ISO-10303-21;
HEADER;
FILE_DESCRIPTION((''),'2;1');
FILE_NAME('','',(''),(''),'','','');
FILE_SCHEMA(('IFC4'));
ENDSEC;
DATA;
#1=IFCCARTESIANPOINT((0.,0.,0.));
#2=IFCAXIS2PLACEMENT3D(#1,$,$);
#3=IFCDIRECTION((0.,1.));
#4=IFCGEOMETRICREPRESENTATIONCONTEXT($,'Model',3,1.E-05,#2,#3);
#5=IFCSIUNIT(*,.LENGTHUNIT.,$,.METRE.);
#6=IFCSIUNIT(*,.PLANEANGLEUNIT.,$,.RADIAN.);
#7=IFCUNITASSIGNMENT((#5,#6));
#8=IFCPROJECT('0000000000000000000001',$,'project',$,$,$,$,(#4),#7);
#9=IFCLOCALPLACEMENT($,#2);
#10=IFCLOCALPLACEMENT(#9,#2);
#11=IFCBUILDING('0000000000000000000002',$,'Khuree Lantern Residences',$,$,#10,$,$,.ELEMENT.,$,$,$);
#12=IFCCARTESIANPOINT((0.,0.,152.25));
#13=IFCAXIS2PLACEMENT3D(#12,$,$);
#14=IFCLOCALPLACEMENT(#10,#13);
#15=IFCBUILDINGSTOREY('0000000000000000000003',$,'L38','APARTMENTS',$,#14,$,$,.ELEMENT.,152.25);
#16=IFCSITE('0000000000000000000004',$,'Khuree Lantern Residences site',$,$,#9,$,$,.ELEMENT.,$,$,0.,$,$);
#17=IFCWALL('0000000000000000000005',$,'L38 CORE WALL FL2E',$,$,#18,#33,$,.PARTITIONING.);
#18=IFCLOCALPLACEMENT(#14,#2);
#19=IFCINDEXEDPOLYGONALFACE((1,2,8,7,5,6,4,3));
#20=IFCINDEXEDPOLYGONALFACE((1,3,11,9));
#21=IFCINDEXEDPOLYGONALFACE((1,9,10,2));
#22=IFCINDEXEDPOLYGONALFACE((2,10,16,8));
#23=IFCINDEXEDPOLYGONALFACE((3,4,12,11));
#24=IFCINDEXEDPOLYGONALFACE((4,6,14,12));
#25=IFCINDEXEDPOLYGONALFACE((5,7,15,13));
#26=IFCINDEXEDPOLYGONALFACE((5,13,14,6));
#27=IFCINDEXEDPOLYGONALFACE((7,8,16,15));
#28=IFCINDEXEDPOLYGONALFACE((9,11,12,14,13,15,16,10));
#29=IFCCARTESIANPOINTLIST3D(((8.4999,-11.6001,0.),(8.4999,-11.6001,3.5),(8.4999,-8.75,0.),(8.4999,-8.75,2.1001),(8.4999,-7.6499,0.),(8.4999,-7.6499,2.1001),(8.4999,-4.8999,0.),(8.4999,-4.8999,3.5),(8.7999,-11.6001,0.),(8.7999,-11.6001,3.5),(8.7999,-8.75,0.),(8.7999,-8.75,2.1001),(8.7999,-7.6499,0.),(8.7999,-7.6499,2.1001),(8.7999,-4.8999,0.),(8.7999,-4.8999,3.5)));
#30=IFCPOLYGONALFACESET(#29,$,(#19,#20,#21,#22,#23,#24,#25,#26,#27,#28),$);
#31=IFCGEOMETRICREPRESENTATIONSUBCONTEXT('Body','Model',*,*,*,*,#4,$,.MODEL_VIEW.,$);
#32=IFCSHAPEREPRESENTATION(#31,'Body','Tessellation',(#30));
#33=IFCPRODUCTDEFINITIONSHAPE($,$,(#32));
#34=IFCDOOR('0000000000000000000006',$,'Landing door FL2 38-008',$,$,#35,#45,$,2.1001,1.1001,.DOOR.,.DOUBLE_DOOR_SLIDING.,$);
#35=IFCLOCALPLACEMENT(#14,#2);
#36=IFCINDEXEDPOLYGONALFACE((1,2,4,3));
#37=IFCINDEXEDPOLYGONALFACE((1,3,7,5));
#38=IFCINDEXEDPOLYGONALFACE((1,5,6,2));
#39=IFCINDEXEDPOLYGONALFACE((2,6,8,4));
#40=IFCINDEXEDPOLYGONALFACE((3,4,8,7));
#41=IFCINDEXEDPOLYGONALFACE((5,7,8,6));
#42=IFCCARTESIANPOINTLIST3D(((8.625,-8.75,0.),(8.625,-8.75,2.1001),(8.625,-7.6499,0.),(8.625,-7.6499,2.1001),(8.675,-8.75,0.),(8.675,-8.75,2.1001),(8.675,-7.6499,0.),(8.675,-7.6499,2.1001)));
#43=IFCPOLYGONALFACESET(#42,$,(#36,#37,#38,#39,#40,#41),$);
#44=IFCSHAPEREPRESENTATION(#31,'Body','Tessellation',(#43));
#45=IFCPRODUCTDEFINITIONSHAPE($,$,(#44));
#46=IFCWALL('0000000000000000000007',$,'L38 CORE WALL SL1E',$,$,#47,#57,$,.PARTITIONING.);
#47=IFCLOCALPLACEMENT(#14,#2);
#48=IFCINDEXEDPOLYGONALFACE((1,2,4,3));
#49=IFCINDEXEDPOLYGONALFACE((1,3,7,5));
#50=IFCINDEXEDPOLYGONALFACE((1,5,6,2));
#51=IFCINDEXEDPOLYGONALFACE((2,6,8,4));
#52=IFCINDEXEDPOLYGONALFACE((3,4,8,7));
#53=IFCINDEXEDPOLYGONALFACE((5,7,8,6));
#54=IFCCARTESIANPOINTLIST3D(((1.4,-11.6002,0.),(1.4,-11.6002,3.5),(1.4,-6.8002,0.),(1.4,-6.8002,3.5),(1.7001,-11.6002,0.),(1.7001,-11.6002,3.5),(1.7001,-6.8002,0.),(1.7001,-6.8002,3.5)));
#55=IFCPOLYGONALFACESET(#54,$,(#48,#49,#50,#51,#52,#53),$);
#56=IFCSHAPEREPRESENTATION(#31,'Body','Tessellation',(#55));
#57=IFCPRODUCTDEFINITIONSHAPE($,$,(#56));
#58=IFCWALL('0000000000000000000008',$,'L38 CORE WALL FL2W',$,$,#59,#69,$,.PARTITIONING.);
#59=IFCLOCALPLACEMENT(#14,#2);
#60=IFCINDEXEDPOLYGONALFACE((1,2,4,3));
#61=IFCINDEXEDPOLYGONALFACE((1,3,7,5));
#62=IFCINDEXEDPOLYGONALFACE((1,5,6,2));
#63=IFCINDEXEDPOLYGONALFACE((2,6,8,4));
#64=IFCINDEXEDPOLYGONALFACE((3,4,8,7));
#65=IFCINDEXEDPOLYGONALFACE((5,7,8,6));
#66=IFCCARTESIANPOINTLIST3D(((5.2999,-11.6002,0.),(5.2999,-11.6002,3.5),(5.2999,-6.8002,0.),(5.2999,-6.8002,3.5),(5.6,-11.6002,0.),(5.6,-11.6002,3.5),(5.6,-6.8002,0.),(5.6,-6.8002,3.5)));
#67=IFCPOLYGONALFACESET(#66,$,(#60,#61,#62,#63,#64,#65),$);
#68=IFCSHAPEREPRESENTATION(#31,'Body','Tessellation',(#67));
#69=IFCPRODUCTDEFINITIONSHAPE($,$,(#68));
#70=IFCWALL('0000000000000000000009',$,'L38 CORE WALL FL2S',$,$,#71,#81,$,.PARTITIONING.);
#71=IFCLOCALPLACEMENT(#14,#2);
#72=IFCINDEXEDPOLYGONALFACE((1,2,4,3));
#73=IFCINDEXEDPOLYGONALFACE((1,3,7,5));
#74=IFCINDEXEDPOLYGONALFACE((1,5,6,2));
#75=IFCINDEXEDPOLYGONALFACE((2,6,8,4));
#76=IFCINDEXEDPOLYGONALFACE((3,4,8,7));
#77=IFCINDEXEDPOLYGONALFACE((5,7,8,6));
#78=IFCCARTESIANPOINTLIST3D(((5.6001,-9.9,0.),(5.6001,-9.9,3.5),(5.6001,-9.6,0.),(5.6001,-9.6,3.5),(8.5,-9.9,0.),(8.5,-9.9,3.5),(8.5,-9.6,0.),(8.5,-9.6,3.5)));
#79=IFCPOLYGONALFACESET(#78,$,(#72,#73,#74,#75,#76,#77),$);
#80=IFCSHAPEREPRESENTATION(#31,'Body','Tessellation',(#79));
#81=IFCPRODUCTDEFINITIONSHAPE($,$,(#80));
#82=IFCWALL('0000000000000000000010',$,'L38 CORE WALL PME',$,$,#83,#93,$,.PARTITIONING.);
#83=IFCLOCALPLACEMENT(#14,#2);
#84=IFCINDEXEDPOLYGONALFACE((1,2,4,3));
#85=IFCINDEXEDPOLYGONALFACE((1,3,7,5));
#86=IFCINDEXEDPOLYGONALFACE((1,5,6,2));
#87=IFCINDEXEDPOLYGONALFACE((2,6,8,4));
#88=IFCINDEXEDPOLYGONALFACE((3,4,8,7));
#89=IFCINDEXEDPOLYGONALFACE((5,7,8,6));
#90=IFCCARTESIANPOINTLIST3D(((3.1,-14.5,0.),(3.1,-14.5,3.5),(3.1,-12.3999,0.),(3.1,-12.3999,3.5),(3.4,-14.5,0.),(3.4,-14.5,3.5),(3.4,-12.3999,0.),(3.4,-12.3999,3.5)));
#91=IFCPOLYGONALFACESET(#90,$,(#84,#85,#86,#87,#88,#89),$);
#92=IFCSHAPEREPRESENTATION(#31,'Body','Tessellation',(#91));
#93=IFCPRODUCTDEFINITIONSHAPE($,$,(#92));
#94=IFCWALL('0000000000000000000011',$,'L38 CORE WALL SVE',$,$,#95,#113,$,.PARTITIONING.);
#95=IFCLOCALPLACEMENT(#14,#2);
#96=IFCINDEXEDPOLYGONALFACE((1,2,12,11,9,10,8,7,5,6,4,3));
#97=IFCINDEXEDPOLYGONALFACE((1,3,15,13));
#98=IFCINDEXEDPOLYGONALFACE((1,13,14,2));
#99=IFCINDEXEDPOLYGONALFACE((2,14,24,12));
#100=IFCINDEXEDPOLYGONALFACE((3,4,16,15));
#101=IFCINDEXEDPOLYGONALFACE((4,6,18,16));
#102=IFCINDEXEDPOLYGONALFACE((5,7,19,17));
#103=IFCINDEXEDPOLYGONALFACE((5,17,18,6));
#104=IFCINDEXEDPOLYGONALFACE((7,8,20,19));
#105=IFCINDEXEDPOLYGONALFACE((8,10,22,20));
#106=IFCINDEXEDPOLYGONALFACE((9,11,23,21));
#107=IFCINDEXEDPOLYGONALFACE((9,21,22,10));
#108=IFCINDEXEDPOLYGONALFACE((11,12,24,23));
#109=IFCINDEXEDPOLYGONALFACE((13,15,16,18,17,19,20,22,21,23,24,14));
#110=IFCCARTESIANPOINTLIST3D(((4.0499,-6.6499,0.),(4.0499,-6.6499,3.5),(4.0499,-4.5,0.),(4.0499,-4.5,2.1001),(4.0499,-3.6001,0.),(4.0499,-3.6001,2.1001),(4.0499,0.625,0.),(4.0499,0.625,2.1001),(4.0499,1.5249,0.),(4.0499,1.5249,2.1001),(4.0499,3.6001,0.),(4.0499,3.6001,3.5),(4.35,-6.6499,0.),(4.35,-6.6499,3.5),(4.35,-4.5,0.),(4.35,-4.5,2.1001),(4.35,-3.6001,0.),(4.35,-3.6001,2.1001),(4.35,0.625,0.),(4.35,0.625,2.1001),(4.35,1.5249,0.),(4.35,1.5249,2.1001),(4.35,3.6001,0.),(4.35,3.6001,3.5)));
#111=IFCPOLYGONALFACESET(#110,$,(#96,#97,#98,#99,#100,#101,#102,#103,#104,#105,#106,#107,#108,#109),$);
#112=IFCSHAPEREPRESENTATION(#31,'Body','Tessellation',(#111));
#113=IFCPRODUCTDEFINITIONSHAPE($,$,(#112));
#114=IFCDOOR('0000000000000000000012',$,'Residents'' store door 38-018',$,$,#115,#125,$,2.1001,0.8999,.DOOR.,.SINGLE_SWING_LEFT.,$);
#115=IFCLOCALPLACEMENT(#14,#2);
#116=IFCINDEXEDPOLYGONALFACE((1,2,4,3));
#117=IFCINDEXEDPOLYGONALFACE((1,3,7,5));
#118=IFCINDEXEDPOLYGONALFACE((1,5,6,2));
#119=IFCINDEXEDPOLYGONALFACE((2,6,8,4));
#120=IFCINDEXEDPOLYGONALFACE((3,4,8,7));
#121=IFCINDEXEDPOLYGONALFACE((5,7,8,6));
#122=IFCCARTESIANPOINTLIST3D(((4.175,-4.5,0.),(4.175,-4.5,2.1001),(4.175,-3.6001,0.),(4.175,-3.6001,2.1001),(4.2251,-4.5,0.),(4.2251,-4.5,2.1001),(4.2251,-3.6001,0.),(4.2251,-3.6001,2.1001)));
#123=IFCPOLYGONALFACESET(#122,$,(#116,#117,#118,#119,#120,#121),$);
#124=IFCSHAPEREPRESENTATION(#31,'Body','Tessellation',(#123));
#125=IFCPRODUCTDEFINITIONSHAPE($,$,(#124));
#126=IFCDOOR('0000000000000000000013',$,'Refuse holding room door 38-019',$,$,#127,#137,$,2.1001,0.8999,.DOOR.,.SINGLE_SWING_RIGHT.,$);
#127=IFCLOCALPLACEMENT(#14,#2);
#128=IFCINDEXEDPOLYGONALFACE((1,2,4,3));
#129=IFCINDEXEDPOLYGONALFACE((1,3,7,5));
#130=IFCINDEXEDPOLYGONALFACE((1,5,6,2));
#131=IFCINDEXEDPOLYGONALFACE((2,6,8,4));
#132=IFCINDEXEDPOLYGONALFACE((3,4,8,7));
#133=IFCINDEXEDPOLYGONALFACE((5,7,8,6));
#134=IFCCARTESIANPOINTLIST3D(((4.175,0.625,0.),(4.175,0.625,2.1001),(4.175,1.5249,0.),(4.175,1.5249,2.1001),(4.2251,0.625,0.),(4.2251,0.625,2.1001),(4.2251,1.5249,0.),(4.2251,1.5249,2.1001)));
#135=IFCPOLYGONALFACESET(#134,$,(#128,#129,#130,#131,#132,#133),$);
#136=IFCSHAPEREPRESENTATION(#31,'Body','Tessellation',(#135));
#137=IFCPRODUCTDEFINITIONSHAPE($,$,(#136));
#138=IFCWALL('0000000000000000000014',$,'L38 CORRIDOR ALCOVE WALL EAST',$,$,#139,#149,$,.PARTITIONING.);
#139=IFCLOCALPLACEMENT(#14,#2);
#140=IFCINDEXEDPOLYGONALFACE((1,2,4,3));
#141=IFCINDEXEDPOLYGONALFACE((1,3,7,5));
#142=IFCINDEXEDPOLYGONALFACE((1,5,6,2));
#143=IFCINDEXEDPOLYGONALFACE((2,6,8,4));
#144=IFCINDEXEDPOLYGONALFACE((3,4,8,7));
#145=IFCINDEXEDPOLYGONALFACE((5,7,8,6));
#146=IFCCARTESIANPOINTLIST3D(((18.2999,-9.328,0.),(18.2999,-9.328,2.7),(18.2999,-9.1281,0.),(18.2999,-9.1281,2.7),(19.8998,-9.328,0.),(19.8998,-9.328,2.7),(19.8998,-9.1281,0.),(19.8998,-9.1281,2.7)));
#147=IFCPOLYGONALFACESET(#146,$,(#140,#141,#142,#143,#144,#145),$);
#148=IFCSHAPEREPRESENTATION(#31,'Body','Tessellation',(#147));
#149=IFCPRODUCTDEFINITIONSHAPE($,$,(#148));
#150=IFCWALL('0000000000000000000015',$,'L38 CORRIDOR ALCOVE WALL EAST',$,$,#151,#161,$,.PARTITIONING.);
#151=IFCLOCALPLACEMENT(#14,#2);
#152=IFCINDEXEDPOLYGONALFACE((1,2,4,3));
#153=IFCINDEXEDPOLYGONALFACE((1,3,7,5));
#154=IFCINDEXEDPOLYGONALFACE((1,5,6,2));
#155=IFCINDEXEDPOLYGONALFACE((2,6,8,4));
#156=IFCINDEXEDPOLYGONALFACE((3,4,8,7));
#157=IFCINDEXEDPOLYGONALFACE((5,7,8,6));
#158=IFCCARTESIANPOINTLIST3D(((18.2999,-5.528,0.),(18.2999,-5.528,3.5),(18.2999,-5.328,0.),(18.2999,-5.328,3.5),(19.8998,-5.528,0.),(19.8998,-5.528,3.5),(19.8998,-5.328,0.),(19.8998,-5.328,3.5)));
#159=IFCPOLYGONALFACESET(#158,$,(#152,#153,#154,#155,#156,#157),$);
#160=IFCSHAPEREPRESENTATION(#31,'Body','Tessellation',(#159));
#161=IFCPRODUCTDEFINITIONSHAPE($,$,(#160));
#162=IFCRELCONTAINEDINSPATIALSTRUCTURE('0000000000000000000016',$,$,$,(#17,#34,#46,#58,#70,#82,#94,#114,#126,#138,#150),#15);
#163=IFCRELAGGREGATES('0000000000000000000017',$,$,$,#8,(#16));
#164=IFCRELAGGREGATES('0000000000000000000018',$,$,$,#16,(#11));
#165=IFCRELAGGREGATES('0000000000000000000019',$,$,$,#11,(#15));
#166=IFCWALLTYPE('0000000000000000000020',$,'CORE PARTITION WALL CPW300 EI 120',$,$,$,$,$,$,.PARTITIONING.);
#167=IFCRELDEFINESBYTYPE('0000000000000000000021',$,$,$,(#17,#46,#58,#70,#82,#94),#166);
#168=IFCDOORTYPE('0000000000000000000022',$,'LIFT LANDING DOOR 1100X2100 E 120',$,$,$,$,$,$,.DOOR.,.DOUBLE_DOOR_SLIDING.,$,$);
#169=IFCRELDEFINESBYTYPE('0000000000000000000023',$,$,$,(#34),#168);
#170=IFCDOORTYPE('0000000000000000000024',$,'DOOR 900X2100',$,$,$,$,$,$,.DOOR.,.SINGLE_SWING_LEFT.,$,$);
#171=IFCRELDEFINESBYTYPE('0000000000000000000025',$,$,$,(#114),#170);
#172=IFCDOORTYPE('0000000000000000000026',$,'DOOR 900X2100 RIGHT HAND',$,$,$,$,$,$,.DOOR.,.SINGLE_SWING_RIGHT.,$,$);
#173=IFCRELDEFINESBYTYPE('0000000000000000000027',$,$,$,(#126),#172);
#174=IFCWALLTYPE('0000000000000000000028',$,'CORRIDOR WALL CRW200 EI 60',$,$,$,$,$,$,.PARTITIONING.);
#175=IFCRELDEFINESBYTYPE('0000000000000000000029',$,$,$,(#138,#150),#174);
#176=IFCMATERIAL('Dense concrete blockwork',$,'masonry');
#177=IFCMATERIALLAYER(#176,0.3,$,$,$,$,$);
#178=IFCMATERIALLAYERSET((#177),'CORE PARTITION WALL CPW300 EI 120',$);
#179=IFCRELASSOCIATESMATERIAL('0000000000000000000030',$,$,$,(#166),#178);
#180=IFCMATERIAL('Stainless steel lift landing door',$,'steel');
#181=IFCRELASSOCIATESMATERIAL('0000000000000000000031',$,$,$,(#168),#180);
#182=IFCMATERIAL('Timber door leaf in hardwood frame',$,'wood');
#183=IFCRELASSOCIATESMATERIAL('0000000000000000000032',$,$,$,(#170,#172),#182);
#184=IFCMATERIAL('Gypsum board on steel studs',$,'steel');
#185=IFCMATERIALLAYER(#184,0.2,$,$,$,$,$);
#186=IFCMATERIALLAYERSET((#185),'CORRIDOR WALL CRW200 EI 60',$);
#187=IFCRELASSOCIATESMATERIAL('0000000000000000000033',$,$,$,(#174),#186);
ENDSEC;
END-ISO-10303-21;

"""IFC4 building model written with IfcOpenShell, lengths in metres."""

from ifc_helpers import new_model, si_unit, direction, frame, frame_2d, origin, place, context, subcontext, project, spatial, rectangle, extrude, material, layer, layer_set, type_object, element, fill, save


model = new_model("IFC4")

# Units and contexts
model_context = context("Model", 3, precision=1e-05, world=origin(), true_north=direction((0.0, 1.0)))
body_context = subcontext(model_context, "Body", "Model", "MODEL_VIEW")
ifc_project = project(units=[si_unit("LENGTHUNIT", "METRE"), si_unit("PLANEANGLEUNIT", "RADIAN")], contexts=[model_context])

# Site, building, storey
site_placement = place(None, origin())
site = spatial("IfcSite", under=ifc_project, at=site_placement, Name="Khuree Lantern Residences site", CompositionType="ELEMENT", RefElevation=0.0)
building_placement = place(site_placement, origin())
building = spatial("IfcBuilding", under=site, at=building_placement, Name="Khuree Lantern Residences", CompositionType="ELEMENT")
storey_placement = place(building_placement, frame((0.0, 0.0, 152.25)))
storey = spatial("IfcBuildingStorey", under=building, at=storey_placement, Name="L38", Description="APARTMENTS", CompositionType="ELEMENT", Elevation=152.25)

# Wall, opening, door
ifc_material_1 = material(Name="Dense concrete blockwork", Category="masonry")
ifc_layer_1 = layer(ifc_material_1, 0.3)
ifc_layer_set_1 = layer_set([ifc_layer_1], Name="CORE PARTITION WALL CPW300 EI 120")
wall_type_1 = type_object("IfcWallType", Name="CORE PARTITION WALL CPW300 EI 120", PredefinedType="PARTITIONING", material=ifc_layer_set_1)
wall_1_placement = place(storey_placement, frame((8.6499, -11.6001, 0.0), z_axis=(0.0, 0.0, 1.0), x_axis=(0.0, 1.0, 0.0)))
wall_1 = element("IfcWall", 1, at=wall_1_placement, inside=storey, type_object=wall_type_1, Name="L38 CORE WALL FL2E", PredefinedType="PARTITIONING", context=body_context, shape_type="SweptSolid", body=[
    extrude(rectangle(XDim=6.7002, YDim=0.3, at=frame_2d((3.3501, 0.0))), origin(), (0.0, 0.0, 1.0), 3.5),
])
opening_1_placement = place(wall_1_placement, frame((2.8501, 0.0, 0.0)))
opening_1 = element("IfcOpeningElement", 2, at=opening_1_placement, cuts=wall_1, PredefinedType="OPENING", context=body_context, shape_type="SweptSolid", body=[
    extrude(rectangle(XDim=1.1001, YDim=2.1001, at=frame_2d((0.55, 1.05))), frame((0.0, 0.1602, 0.0), z_axis=(0.0, -1.0, 0.0), x_axis=(1.0, 0.0, 0.0)), (0.0, 0.0, 1.0), 0.3201),
])
ifc_material_2 = material(Name="Stainless steel lift landing door", Category="steel")
door_type_1 = type_object("IfcDoorType", Name="LIFT LANDING DOOR 1100X2100 E 120", OperationType="DOUBLE_DOOR_SLIDING", PredefinedType="DOOR", material=ifc_material_2)
door_1_placement = place(opening_1_placement, origin())
door_1 = element("IfcDoor", 3, at=door_1_placement, inside=storey, type_object=door_type_1, Name="Landing door FL2 38-008", OperationType="DOUBLE_DOOR_SLIDING", OverallHeight=2.1001, OverallWidth=1.1001, PredefinedType="DOOR", context=body_context, shape_type="SweptSolid", body=[
    extrude(rectangle(XDim=1.1001, YDim=2.1001, at=frame_2d((0.55, 1.05))), frame((0.0, 0.0249, 0.0), z_axis=(0.0, -1.0, 0.0), x_axis=(1.0, 0.0, 0.0)), (0.0, 0.0, 1.0), 0.05),
])
fill(opening_1, door_1)

# Walls
for number, where, z_axis, x_axis, name in (
    (4, (1.55, -11.6001, 0.0), (0.0, 0.0, 1.0), (0.0, 1.0, 0.0), "L38 CORE WALL SL1E"),
    (5, (5.45, -11.6001, 0.0), (0.0, 0.0, 1.0), (0.0, 1.0, 0.0), "L38 CORE WALL FL2W"),
):
    element("IfcWall", number, at=place(storey_placement, frame(where, z_axis=z_axis, x_axis=x_axis)), inside=storey, type_object=wall_type_1, Name=name, PredefinedType="PARTITIONING", context=body_context, shape_type="SweptSolid", body=[
        extrude(rectangle(XDim=4.8, YDim=0.3, at=frame_2d((2.3999, 0.0))), origin(), (0.0, 0.0, 1.0), 3.5),
    ])
wall_2_placement = place(storey_placement, frame((5.6001, -9.75, 0.0), z_axis=(0.0, 0.0, 1.0), x_axis=(1.0, 0.0, 0.0)))
element("IfcWall", 6, at=wall_2_placement, inside=storey, type_object=wall_type_1, Name="L38 CORE WALL FL2S", PredefinedType="PARTITIONING", context=body_context, shape_type="SweptSolid", body=[
    extrude(rectangle(XDim=2.8999, YDim=0.3, at=frame_2d((1.45, 0.0))), origin(), (0.0, 0.0, 1.0), 3.5),
])
wall_3_placement = place(storey_placement, frame((3.25, -14.5, 0.0), z_axis=(0.0, 0.0, 1.0), x_axis=(0.0, 1.0, 0.0)))
element("IfcWall", 7, at=wall_3_placement, inside=storey, type_object=wall_type_1, Name="L38 CORE WALL PME", PredefinedType="PARTITIONING", context=body_context, shape_type="SweptSolid", body=[
    extrude(rectangle(XDim=2.1001, YDim=0.3, at=frame_2d((1.05, 0.0))), origin(), (0.0, 0.0, 1.0), 3.5),
])

# Wall, openings, doors
wall_4_placement = place(storey_placement, frame((4.2, -6.6499, 0.0), z_axis=(0.0, 0.0, 1.0), x_axis=(0.0, 1.0, 0.0)))
wall_4 = element("IfcWall", 8, at=wall_4_placement, inside=storey, type_object=wall_type_1, Name="L38 CORE WALL SVE", PredefinedType="PARTITIONING", context=body_context, shape_type="SweptSolid", body=[
    extrude(rectangle(XDim=10.25, YDim=0.3, at=frame_2d((5.125, 0.0))), origin(), (0.0, 0.0, 1.0), 3.5),
])
opening_2_placement = place(wall_4_placement, frame((2.1499, 0.0, 0.0)))
opening_2 = element("IfcOpeningElement", 9, at=opening_2_placement, cuts=wall_4, PredefinedType="OPENING", context=body_context, shape_type="SweptSolid", body=[
    extrude(rectangle(XDim=0.8999, YDim=2.1001, at=frame_2d((0.45, 1.05))), frame((0.0, 0.1602, 0.0), z_axis=(0.0, -1.0, 0.0), x_axis=(1.0, 0.0, 0.0)), (0.0, 0.0, 1.0), 0.3201),
])
opening_3_placement = place(wall_4_placement, frame((7.2749, 0.0, 0.0)))
opening_3 = element("IfcOpeningElement", 10, at=opening_3_placement, cuts=wall_4, PredefinedType="OPENING", context=body_context, shape_type="SweptSolid", body=[
    extrude(rectangle(XDim=0.8999, YDim=2.1001, at=frame_2d((0.45, 1.05))), frame((0.0, 0.1602, 0.0), z_axis=(0.0, -1.0, 0.0), x_axis=(1.0, 0.0, 0.0)), (0.0, 0.0, 1.0), 0.3201),
])
ifc_material_3 = material(Name="Timber door leaf in hardwood frame", Category="wood")
door_type_2 = type_object("IfcDoorType", Name="DOOR 900X2100", OperationType="SINGLE_SWING_LEFT", PredefinedType="DOOR", material=ifc_material_3)
door_2_placement = place(opening_2_placement, origin())
door_2 = element("IfcDoor", 11, at=door_2_placement, inside=storey, type_object=door_type_2, Name="Residents' store door 38-018", OperationType="SINGLE_SWING_LEFT", OverallHeight=2.1001, OverallWidth=0.8999, PredefinedType="DOOR", context=body_context, shape_type="SweptSolid", body=[
    extrude(rectangle(XDim=0.8999, YDim=2.1001, at=frame_2d((0.45, 1.05))), frame((0.0, 0.0249, 0.0), z_axis=(0.0, -1.0, 0.0), x_axis=(1.0, 0.0, 0.0)), (0.0, 0.0, 1.0), 0.05),
])
fill(opening_2, door_2)
door_type_3 = type_object("IfcDoorType", Name="DOOR 900X2100 RIGHT HAND", OperationType="SINGLE_SWING_RIGHT", PredefinedType="DOOR", material=ifc_material_3)
door_3_placement = place(opening_3_placement, origin())
door_3 = element("IfcDoor", 12, at=door_3_placement, inside=storey, type_object=door_type_3, Name="Refuse holding room door 38-019", OperationType="SINGLE_SWING_RIGHT", OverallHeight=2.1001, OverallWidth=0.8999, PredefinedType="DOOR", context=body_context, shape_type="SweptSolid", body=[
    extrude(rectangle(XDim=0.8999, YDim=2.1001, at=frame_2d((0.45, 1.05))), frame((0.0, 0.0249, 0.0), z_axis=(0.0, -1.0, 0.0), x_axis=(1.0, 0.0, 0.0)), (0.0, 0.0, 1.0), 0.05),
])
fill(opening_3, door_3)

# Walls
ifc_material_4 = material(Name="Gypsum board on steel studs", Category="steel")
ifc_layer_2 = layer(ifc_material_4, 0.2)
ifc_layer_set_2 = layer_set([ifc_layer_2], Name="CORRIDOR WALL CRW200 EI 60")
wall_type_2 = type_object("IfcWallType", Name="CORRIDOR WALL CRW200 EI 60", PredefinedType="PARTITIONING", material=ifc_layer_set_2)
wall_5_placement = place(storey_placement, frame((18.3, -9.228, 0.0), z_axis=(0.0, 0.0, 1.0), x_axis=(1.0, 0.0, 0.0)))
element("IfcWall", 13, at=wall_5_placement, inside=storey, type_object=wall_type_2, Name="L38 CORRIDOR ALCOVE WALL EAST", PredefinedType="PARTITIONING", context=body_context, shape_type="SweptSolid", body=[
    extrude(rectangle(XDim=1.5999, YDim=0.2, at=frame_2d((0.7998, 0.0))), origin(), (0.0, 0.0, 1.0), 2.7),
])
wall_6_placement = place(storey_placement, frame((18.3, -5.428, 0.0), z_axis=(0.0, 0.0, 1.0), x_axis=(1.0, 0.0, 0.0)))
element("IfcWall", 14, at=wall_6_placement, inside=storey, type_object=wall_type_2, Name="L38 CORRIDOR ALCOVE WALL EAST", PredefinedType="PARTITIONING", context=body_context, shape_type="SweptSolid", body=[
    extrude(rectangle(XDim=1.5999, YDim=0.2, at=frame_2d((0.7998, 0.0))), origin(), (0.0, 0.0, 1.0), 3.5),
])

save(model, "model.ifc")
